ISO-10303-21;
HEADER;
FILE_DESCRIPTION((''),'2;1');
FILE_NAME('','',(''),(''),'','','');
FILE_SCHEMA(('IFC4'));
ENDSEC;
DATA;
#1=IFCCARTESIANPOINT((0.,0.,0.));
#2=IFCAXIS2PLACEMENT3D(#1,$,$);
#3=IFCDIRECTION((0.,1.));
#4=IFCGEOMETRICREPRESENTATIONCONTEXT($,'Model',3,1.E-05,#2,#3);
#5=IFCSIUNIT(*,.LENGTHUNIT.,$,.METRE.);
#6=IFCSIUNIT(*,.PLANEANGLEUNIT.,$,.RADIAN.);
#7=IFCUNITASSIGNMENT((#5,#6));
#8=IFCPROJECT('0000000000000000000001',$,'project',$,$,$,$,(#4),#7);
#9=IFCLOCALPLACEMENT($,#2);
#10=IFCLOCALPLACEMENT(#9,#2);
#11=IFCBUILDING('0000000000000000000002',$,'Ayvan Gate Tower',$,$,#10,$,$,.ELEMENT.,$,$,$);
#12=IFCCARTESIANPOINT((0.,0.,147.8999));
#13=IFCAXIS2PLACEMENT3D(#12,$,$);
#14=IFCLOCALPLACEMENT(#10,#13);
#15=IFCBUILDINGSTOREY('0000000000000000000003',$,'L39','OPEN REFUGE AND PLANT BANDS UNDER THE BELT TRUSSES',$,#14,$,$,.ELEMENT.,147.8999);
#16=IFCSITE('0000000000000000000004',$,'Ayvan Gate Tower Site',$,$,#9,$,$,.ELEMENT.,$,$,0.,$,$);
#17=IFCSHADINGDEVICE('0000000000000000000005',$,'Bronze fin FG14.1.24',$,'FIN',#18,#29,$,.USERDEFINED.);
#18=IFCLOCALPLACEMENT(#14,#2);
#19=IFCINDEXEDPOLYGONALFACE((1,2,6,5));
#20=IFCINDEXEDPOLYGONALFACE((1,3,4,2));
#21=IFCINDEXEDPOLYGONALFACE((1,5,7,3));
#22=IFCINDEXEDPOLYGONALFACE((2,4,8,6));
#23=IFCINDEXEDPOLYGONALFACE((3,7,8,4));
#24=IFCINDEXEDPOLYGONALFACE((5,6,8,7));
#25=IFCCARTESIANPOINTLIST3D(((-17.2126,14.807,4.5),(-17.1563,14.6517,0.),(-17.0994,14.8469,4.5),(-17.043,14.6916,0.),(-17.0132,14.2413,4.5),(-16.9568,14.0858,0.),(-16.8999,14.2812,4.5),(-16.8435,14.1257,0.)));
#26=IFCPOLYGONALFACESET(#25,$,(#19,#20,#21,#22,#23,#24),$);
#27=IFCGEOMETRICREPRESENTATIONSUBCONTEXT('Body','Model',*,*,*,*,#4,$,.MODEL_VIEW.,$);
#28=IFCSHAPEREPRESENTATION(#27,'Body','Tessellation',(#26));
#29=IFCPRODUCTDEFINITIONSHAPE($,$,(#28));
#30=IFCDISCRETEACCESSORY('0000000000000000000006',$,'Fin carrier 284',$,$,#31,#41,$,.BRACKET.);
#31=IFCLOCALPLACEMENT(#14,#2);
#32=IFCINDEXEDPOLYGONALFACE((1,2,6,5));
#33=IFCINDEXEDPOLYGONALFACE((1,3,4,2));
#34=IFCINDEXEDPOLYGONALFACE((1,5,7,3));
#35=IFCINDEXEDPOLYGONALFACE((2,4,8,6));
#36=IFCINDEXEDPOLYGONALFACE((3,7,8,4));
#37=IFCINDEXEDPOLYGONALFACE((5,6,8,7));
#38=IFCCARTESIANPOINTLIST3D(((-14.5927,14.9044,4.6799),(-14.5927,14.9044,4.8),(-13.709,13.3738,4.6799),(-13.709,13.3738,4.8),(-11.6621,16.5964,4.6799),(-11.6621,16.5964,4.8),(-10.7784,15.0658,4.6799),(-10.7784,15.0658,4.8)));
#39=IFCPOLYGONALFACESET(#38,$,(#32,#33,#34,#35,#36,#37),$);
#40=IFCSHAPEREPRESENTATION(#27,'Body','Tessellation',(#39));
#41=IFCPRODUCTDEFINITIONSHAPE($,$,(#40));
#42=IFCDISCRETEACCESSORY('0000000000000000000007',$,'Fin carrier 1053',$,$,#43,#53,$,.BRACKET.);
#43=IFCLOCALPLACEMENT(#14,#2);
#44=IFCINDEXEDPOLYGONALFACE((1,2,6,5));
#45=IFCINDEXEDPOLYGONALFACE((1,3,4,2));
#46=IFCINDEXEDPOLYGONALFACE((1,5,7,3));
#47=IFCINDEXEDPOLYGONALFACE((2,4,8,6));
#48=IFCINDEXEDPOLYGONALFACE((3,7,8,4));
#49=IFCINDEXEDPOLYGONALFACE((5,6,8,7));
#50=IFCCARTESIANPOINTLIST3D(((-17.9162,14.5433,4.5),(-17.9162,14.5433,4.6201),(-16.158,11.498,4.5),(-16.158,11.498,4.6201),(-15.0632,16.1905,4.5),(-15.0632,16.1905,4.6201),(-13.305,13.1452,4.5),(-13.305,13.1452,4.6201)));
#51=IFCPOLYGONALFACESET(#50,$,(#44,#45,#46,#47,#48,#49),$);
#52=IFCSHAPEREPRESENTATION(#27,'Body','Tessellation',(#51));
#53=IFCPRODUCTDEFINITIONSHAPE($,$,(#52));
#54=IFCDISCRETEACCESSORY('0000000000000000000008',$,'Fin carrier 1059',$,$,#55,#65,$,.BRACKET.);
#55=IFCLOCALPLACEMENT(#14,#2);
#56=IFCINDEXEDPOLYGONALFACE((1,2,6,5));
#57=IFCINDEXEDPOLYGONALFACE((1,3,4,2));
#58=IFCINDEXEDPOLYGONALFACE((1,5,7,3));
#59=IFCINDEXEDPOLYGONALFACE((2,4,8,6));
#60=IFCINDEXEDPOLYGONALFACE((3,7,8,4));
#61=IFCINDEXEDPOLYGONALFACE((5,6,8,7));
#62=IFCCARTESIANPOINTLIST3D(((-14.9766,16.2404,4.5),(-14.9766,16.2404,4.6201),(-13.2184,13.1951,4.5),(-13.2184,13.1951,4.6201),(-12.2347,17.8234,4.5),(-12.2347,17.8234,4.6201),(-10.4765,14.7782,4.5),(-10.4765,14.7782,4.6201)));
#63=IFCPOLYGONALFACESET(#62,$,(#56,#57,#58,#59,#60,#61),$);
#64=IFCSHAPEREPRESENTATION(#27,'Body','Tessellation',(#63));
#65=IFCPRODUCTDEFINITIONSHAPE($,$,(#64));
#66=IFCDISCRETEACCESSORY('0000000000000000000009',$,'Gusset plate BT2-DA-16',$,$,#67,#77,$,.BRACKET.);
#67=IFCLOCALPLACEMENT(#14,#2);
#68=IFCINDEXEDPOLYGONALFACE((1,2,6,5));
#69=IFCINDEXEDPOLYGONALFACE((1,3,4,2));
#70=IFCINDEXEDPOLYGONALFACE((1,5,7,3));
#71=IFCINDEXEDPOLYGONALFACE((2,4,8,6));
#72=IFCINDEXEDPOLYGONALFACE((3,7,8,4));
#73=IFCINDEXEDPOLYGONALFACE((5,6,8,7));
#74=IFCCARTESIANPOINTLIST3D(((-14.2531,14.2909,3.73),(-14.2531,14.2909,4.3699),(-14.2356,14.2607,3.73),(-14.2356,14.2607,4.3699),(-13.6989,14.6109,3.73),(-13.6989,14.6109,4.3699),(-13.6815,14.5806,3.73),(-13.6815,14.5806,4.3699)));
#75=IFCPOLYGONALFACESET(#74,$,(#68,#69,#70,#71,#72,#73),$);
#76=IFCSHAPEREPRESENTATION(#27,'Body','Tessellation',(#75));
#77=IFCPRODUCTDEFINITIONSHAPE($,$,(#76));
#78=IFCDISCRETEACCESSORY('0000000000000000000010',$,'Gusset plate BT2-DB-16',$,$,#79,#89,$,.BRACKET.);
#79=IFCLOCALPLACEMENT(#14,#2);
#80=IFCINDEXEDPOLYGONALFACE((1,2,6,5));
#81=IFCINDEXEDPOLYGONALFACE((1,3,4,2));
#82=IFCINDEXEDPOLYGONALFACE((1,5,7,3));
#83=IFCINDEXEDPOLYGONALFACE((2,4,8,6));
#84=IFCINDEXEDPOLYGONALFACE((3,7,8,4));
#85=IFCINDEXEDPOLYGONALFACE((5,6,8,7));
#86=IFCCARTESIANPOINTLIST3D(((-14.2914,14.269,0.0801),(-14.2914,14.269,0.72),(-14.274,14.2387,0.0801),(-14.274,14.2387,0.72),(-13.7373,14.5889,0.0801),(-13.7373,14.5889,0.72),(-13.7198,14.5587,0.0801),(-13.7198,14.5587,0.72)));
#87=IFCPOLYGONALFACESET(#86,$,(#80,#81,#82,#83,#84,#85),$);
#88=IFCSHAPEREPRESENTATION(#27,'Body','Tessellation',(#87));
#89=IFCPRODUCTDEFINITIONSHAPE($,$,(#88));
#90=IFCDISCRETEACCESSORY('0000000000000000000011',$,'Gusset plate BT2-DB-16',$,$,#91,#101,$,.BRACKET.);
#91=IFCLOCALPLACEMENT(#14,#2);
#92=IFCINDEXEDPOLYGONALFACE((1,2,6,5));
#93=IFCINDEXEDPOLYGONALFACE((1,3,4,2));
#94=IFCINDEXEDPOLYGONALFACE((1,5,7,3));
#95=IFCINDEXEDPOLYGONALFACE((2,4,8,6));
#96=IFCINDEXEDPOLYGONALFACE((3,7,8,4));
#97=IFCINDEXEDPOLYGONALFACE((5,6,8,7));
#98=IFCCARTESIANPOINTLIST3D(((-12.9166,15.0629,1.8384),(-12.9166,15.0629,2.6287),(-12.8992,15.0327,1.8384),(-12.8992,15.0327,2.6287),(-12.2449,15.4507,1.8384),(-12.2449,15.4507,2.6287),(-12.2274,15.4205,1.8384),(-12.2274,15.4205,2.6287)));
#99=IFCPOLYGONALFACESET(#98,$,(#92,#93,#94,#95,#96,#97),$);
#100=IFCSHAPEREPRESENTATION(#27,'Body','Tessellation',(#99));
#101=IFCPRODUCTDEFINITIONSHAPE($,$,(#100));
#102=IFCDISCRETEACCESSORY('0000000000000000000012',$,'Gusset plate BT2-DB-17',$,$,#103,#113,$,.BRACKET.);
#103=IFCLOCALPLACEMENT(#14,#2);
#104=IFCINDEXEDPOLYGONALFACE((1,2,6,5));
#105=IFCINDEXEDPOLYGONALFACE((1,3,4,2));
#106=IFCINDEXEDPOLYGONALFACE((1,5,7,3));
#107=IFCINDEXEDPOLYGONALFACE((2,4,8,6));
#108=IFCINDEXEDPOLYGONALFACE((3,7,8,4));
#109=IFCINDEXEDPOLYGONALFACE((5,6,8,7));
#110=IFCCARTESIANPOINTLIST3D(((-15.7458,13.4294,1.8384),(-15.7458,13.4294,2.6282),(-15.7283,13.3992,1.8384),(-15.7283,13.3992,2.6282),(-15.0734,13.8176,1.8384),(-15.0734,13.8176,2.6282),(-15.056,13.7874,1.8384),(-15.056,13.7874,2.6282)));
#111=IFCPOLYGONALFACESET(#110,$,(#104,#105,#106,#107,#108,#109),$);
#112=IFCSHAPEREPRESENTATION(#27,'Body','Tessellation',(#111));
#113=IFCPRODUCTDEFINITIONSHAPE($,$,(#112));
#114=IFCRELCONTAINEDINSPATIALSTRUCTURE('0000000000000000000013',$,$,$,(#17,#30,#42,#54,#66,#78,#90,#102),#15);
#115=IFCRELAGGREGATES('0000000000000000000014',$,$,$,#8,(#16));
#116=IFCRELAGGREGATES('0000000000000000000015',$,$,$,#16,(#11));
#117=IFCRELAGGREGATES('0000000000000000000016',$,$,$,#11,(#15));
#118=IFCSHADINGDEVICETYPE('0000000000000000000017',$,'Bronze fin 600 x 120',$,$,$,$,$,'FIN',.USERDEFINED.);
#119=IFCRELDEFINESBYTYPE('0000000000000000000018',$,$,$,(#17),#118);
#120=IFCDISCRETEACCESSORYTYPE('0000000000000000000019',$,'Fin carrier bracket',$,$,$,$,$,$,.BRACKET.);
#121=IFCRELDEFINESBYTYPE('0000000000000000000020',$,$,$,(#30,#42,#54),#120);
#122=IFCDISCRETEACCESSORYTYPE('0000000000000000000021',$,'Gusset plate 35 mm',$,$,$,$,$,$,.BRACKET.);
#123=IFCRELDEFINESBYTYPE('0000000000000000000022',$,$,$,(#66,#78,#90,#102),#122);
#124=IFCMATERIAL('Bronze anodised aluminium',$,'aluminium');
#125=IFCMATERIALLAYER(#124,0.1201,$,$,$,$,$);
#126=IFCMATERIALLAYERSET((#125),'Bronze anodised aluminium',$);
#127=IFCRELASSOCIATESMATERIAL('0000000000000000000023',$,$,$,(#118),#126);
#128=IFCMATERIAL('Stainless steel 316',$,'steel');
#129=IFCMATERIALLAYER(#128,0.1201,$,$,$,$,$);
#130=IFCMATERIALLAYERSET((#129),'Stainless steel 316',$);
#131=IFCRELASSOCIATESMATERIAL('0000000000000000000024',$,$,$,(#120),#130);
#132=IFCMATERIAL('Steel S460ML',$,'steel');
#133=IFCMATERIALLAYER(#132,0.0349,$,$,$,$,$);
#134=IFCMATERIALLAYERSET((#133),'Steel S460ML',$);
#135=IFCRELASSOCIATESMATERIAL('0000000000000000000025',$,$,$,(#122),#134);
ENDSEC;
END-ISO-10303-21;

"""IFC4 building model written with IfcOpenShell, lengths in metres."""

from ifc_helpers import new_model, si_unit, direction, frame, origin, origin_2d, place, context, subcontext, project, spatial, polyline, rectangle, outline, extrude, material, layer, layer_set, type_object, element, save


model = new_model("IFC4")

# Units and contexts
model_context = context("Model", 3, precision=1e-05, world=origin(), true_north=direction((0.0, 1.0)))
body_context = subcontext(model_context, "Body", "Model", "MODEL_VIEW")
ifc_project = project(units=[si_unit("LENGTHUNIT", "METRE"), si_unit("PLANEANGLEUNIT", "RADIAN")], contexts=[model_context])

# Site, building, storey
site_placement = place(None, origin())
site = spatial("IfcSite", under=ifc_project, at=site_placement, Name="Ayvan Gate Tower Site", CompositionType="ELEMENT", RefElevation=0.0)
building_placement = place(site_placement, origin())
building = spatial("IfcBuilding", under=site, at=building_placement, Name="Ayvan Gate Tower", CompositionType="ELEMENT")
storey_placement = place(building_placement, frame((0.0, 0.0, 147.8999)))
storey = spatial("IfcBuildingStorey", under=building, at=storey_placement, Name="L39", Description="OPEN REFUGE AND PLANT BANDS UNDER THE BELT TRUSSES", CompositionType="ELEMENT", Elevation=147.8999)

# Shared definitions
ifc_material_1 = material(Name="Steel S460ML", Category="steel")

# Shading device
ifc_material_2 = material(Name="Bronze anodised aluminium", Category="aluminium")
ifc_layer_1 = layer(ifc_material_2, 0.1201)
ifc_layer_set_1 = layer_set([ifc_layer_1], Name="Bronze anodised aluminium")
shading_device_type = type_object("IfcShadingDeviceType", Name="Bronze fin 600 x 120", ElementType="FIN", PredefinedType="USERDEFINED", material=ifc_layer_set_1)
shading_device_1_placement = place(storey_placement, frame((-16.8435, 14.1257, 0.0), z_axis=(0.94311, 0.332479, 0.000338), x_axis=(-0.33248, 0.94311, 0.0)))
element("IfcShadingDevice", 1, at=shading_device_1_placement, inside=storey, type_object=shading_device_type, Name="Bronze fin FG14.1.24", ObjectType="FIN", PredefinedType="USERDEFINED", context=body_context, shape_type="SweptSolid", body=[
    extrude(outline(polyline([(0.0, 0.0), (0.6, 0.0), (0.7652, 4.5), (0.1654, 4.5), (0.0, 0.0)])), origin(), (0.0, 0.0, -1.0), 0.1201),
])

# Discrete accessories
ifc_material_3 = material(Name="Stainless steel 316", Category="steel")
ifc_layer_2 = layer(ifc_material_3, 0.1201)
ifc_layer_set_2 = layer_set([ifc_layer_2], Name="Stainless steel 316")
discrete_accessory_type_1 = type_object("IfcDiscreteAccessoryType", Name="Fin carrier bracket", PredefinedType="BRACKET", material=ifc_layer_set_2)
discrete_accessory_1_placement = place(storey_placement, frame((-12.6855, 14.9851, 4.6799), z_axis=(0.0, 0.0, 1.0), x_axis=(-0.866025, -0.5, 0.0)))
element("IfcDiscreteAccessory", 2, at=discrete_accessory_1_placement, inside=storey, type_object=discrete_accessory_type_1, Name="Fin carrier 284", PredefinedType="BRACKET", context=body_context, shape_type="SweptSolid", body=[
    extrude(rectangle(XDim=3.384, YDim=1.7673, at=origin_2d()), origin(), (0.0, 0.0, 1.0), 0.1201),
])
discrete_accessory_2_placement = place(storey_placement, frame((-15.6106, 13.8442, 4.5), z_axis=(0.0, 0.0, 1.0), x_axis=(-0.866025, -0.5, 0.0)))
element("IfcDiscreteAccessory", 3, at=discrete_accessory_2_placement, inside=storey, type_object=discrete_accessory_type_1, Name="Fin carrier 1053", PredefinedType="BRACKET", context=body_context, shape_type="SweptSolid", body=[
    extrude(rectangle(XDim=3.2944, YDim=3.5164, at=origin_2d()), origin(), (0.0, 0.0, 1.0), 0.1201),
])
discrete_accessory_3_placement = place(storey_placement, frame((-12.7266, 15.5093, 4.5), z_axis=(0.0, 0.0, 1.0), x_axis=(-0.866025, -0.5, 0.0)))
element("IfcDiscreteAccessory", 4, at=discrete_accessory_3_placement, inside=storey, type_object=discrete_accessory_type_1, Name="Fin carrier 1059", PredefinedType="BRACKET", context=body_context, shape_type="SweptSolid", body=[
    extrude(rectangle(XDim=3.166, YDim=3.5164, at=origin_2d()), origin(), (0.0, 0.0, 1.0), 0.1201),
])
ifc_layer_3 = layer(ifc_material_1, 0.0349)
ifc_layer_set_3 = layer_set([ifc_layer_3], Name="Steel S460ML")
discrete_accessory_type_2 = type_object("IfcDiscreteAccessoryType", Name="Gusset plate 35 mm", PredefinedType="BRACKET", material=ifc_layer_set_3)
for number, where, z_axis, x_axis, name in (
    (5, (-13.9673, 14.4358, 3.73), (0.0, 0.0, 1.0), (0.866025, 0.5, 0.0), "Gusset plate BT2-DA-16"),
    (6, (-14.0056, 14.4138, 0.0801), (0.0, 0.0, 1.0), (0.866025, 0.5, 0.0), "Gusset plate BT2-DB-16"),
):
    element("IfcDiscreteAccessory", number, at=place(storey_placement, frame(where, z_axis=z_axis, x_axis=x_axis)), inside=storey, type_object=discrete_accessory_type_2, Name=name, PredefinedType="BRACKET", context=body_context, shape_type="SweptSolid", body=[
        extrude(rectangle(XDim=0.6399, YDim=0.0349, at=origin_2d()), origin(), (0.0, 0.0, 1.0), 0.6399),
    ])
discrete_accessory_4_placement = place(storey_placement, frame((-12.572, 15.2417, 1.8384), z_axis=(0.0, 0.0, 1.0), x_axis=(0.866025, 0.5, 0.0)))
element("IfcDiscreteAccessory", 7, at=discrete_accessory_4_placement, inside=storey, type_object=discrete_accessory_type_2, Name="Gusset plate BT2-DB-16", PredefinedType="BRACKET", context=body_context, shape_type="SweptSolid", body=[
    extrude(rectangle(XDim=0.7756, YDim=0.0349, at=origin_2d()), origin(), (0.0, 0.0, 1.0), 0.7903),
])
discrete_accessory_5_placement = place(storey_placement, frame((-15.4009, 13.6084, 1.8384), z_axis=(0.0, 0.0, 1.0), x_axis=(0.866025, 0.5, 0.0)))
element("IfcDiscreteAccessory", 8, at=discrete_accessory_5_placement, inside=storey, type_object=discrete_accessory_type_2, Name="Gusset plate BT2-DB-17", PredefinedType="BRACKET", context=body_context, shape_type="SweptSolid", body=[
    extrude(rectangle(XDim=0.7764, YDim=0.0349, at=origin_2d()), origin(), (0.0, 0.0, 1.0), 0.7898),
])

save(model, "model.ifc")
